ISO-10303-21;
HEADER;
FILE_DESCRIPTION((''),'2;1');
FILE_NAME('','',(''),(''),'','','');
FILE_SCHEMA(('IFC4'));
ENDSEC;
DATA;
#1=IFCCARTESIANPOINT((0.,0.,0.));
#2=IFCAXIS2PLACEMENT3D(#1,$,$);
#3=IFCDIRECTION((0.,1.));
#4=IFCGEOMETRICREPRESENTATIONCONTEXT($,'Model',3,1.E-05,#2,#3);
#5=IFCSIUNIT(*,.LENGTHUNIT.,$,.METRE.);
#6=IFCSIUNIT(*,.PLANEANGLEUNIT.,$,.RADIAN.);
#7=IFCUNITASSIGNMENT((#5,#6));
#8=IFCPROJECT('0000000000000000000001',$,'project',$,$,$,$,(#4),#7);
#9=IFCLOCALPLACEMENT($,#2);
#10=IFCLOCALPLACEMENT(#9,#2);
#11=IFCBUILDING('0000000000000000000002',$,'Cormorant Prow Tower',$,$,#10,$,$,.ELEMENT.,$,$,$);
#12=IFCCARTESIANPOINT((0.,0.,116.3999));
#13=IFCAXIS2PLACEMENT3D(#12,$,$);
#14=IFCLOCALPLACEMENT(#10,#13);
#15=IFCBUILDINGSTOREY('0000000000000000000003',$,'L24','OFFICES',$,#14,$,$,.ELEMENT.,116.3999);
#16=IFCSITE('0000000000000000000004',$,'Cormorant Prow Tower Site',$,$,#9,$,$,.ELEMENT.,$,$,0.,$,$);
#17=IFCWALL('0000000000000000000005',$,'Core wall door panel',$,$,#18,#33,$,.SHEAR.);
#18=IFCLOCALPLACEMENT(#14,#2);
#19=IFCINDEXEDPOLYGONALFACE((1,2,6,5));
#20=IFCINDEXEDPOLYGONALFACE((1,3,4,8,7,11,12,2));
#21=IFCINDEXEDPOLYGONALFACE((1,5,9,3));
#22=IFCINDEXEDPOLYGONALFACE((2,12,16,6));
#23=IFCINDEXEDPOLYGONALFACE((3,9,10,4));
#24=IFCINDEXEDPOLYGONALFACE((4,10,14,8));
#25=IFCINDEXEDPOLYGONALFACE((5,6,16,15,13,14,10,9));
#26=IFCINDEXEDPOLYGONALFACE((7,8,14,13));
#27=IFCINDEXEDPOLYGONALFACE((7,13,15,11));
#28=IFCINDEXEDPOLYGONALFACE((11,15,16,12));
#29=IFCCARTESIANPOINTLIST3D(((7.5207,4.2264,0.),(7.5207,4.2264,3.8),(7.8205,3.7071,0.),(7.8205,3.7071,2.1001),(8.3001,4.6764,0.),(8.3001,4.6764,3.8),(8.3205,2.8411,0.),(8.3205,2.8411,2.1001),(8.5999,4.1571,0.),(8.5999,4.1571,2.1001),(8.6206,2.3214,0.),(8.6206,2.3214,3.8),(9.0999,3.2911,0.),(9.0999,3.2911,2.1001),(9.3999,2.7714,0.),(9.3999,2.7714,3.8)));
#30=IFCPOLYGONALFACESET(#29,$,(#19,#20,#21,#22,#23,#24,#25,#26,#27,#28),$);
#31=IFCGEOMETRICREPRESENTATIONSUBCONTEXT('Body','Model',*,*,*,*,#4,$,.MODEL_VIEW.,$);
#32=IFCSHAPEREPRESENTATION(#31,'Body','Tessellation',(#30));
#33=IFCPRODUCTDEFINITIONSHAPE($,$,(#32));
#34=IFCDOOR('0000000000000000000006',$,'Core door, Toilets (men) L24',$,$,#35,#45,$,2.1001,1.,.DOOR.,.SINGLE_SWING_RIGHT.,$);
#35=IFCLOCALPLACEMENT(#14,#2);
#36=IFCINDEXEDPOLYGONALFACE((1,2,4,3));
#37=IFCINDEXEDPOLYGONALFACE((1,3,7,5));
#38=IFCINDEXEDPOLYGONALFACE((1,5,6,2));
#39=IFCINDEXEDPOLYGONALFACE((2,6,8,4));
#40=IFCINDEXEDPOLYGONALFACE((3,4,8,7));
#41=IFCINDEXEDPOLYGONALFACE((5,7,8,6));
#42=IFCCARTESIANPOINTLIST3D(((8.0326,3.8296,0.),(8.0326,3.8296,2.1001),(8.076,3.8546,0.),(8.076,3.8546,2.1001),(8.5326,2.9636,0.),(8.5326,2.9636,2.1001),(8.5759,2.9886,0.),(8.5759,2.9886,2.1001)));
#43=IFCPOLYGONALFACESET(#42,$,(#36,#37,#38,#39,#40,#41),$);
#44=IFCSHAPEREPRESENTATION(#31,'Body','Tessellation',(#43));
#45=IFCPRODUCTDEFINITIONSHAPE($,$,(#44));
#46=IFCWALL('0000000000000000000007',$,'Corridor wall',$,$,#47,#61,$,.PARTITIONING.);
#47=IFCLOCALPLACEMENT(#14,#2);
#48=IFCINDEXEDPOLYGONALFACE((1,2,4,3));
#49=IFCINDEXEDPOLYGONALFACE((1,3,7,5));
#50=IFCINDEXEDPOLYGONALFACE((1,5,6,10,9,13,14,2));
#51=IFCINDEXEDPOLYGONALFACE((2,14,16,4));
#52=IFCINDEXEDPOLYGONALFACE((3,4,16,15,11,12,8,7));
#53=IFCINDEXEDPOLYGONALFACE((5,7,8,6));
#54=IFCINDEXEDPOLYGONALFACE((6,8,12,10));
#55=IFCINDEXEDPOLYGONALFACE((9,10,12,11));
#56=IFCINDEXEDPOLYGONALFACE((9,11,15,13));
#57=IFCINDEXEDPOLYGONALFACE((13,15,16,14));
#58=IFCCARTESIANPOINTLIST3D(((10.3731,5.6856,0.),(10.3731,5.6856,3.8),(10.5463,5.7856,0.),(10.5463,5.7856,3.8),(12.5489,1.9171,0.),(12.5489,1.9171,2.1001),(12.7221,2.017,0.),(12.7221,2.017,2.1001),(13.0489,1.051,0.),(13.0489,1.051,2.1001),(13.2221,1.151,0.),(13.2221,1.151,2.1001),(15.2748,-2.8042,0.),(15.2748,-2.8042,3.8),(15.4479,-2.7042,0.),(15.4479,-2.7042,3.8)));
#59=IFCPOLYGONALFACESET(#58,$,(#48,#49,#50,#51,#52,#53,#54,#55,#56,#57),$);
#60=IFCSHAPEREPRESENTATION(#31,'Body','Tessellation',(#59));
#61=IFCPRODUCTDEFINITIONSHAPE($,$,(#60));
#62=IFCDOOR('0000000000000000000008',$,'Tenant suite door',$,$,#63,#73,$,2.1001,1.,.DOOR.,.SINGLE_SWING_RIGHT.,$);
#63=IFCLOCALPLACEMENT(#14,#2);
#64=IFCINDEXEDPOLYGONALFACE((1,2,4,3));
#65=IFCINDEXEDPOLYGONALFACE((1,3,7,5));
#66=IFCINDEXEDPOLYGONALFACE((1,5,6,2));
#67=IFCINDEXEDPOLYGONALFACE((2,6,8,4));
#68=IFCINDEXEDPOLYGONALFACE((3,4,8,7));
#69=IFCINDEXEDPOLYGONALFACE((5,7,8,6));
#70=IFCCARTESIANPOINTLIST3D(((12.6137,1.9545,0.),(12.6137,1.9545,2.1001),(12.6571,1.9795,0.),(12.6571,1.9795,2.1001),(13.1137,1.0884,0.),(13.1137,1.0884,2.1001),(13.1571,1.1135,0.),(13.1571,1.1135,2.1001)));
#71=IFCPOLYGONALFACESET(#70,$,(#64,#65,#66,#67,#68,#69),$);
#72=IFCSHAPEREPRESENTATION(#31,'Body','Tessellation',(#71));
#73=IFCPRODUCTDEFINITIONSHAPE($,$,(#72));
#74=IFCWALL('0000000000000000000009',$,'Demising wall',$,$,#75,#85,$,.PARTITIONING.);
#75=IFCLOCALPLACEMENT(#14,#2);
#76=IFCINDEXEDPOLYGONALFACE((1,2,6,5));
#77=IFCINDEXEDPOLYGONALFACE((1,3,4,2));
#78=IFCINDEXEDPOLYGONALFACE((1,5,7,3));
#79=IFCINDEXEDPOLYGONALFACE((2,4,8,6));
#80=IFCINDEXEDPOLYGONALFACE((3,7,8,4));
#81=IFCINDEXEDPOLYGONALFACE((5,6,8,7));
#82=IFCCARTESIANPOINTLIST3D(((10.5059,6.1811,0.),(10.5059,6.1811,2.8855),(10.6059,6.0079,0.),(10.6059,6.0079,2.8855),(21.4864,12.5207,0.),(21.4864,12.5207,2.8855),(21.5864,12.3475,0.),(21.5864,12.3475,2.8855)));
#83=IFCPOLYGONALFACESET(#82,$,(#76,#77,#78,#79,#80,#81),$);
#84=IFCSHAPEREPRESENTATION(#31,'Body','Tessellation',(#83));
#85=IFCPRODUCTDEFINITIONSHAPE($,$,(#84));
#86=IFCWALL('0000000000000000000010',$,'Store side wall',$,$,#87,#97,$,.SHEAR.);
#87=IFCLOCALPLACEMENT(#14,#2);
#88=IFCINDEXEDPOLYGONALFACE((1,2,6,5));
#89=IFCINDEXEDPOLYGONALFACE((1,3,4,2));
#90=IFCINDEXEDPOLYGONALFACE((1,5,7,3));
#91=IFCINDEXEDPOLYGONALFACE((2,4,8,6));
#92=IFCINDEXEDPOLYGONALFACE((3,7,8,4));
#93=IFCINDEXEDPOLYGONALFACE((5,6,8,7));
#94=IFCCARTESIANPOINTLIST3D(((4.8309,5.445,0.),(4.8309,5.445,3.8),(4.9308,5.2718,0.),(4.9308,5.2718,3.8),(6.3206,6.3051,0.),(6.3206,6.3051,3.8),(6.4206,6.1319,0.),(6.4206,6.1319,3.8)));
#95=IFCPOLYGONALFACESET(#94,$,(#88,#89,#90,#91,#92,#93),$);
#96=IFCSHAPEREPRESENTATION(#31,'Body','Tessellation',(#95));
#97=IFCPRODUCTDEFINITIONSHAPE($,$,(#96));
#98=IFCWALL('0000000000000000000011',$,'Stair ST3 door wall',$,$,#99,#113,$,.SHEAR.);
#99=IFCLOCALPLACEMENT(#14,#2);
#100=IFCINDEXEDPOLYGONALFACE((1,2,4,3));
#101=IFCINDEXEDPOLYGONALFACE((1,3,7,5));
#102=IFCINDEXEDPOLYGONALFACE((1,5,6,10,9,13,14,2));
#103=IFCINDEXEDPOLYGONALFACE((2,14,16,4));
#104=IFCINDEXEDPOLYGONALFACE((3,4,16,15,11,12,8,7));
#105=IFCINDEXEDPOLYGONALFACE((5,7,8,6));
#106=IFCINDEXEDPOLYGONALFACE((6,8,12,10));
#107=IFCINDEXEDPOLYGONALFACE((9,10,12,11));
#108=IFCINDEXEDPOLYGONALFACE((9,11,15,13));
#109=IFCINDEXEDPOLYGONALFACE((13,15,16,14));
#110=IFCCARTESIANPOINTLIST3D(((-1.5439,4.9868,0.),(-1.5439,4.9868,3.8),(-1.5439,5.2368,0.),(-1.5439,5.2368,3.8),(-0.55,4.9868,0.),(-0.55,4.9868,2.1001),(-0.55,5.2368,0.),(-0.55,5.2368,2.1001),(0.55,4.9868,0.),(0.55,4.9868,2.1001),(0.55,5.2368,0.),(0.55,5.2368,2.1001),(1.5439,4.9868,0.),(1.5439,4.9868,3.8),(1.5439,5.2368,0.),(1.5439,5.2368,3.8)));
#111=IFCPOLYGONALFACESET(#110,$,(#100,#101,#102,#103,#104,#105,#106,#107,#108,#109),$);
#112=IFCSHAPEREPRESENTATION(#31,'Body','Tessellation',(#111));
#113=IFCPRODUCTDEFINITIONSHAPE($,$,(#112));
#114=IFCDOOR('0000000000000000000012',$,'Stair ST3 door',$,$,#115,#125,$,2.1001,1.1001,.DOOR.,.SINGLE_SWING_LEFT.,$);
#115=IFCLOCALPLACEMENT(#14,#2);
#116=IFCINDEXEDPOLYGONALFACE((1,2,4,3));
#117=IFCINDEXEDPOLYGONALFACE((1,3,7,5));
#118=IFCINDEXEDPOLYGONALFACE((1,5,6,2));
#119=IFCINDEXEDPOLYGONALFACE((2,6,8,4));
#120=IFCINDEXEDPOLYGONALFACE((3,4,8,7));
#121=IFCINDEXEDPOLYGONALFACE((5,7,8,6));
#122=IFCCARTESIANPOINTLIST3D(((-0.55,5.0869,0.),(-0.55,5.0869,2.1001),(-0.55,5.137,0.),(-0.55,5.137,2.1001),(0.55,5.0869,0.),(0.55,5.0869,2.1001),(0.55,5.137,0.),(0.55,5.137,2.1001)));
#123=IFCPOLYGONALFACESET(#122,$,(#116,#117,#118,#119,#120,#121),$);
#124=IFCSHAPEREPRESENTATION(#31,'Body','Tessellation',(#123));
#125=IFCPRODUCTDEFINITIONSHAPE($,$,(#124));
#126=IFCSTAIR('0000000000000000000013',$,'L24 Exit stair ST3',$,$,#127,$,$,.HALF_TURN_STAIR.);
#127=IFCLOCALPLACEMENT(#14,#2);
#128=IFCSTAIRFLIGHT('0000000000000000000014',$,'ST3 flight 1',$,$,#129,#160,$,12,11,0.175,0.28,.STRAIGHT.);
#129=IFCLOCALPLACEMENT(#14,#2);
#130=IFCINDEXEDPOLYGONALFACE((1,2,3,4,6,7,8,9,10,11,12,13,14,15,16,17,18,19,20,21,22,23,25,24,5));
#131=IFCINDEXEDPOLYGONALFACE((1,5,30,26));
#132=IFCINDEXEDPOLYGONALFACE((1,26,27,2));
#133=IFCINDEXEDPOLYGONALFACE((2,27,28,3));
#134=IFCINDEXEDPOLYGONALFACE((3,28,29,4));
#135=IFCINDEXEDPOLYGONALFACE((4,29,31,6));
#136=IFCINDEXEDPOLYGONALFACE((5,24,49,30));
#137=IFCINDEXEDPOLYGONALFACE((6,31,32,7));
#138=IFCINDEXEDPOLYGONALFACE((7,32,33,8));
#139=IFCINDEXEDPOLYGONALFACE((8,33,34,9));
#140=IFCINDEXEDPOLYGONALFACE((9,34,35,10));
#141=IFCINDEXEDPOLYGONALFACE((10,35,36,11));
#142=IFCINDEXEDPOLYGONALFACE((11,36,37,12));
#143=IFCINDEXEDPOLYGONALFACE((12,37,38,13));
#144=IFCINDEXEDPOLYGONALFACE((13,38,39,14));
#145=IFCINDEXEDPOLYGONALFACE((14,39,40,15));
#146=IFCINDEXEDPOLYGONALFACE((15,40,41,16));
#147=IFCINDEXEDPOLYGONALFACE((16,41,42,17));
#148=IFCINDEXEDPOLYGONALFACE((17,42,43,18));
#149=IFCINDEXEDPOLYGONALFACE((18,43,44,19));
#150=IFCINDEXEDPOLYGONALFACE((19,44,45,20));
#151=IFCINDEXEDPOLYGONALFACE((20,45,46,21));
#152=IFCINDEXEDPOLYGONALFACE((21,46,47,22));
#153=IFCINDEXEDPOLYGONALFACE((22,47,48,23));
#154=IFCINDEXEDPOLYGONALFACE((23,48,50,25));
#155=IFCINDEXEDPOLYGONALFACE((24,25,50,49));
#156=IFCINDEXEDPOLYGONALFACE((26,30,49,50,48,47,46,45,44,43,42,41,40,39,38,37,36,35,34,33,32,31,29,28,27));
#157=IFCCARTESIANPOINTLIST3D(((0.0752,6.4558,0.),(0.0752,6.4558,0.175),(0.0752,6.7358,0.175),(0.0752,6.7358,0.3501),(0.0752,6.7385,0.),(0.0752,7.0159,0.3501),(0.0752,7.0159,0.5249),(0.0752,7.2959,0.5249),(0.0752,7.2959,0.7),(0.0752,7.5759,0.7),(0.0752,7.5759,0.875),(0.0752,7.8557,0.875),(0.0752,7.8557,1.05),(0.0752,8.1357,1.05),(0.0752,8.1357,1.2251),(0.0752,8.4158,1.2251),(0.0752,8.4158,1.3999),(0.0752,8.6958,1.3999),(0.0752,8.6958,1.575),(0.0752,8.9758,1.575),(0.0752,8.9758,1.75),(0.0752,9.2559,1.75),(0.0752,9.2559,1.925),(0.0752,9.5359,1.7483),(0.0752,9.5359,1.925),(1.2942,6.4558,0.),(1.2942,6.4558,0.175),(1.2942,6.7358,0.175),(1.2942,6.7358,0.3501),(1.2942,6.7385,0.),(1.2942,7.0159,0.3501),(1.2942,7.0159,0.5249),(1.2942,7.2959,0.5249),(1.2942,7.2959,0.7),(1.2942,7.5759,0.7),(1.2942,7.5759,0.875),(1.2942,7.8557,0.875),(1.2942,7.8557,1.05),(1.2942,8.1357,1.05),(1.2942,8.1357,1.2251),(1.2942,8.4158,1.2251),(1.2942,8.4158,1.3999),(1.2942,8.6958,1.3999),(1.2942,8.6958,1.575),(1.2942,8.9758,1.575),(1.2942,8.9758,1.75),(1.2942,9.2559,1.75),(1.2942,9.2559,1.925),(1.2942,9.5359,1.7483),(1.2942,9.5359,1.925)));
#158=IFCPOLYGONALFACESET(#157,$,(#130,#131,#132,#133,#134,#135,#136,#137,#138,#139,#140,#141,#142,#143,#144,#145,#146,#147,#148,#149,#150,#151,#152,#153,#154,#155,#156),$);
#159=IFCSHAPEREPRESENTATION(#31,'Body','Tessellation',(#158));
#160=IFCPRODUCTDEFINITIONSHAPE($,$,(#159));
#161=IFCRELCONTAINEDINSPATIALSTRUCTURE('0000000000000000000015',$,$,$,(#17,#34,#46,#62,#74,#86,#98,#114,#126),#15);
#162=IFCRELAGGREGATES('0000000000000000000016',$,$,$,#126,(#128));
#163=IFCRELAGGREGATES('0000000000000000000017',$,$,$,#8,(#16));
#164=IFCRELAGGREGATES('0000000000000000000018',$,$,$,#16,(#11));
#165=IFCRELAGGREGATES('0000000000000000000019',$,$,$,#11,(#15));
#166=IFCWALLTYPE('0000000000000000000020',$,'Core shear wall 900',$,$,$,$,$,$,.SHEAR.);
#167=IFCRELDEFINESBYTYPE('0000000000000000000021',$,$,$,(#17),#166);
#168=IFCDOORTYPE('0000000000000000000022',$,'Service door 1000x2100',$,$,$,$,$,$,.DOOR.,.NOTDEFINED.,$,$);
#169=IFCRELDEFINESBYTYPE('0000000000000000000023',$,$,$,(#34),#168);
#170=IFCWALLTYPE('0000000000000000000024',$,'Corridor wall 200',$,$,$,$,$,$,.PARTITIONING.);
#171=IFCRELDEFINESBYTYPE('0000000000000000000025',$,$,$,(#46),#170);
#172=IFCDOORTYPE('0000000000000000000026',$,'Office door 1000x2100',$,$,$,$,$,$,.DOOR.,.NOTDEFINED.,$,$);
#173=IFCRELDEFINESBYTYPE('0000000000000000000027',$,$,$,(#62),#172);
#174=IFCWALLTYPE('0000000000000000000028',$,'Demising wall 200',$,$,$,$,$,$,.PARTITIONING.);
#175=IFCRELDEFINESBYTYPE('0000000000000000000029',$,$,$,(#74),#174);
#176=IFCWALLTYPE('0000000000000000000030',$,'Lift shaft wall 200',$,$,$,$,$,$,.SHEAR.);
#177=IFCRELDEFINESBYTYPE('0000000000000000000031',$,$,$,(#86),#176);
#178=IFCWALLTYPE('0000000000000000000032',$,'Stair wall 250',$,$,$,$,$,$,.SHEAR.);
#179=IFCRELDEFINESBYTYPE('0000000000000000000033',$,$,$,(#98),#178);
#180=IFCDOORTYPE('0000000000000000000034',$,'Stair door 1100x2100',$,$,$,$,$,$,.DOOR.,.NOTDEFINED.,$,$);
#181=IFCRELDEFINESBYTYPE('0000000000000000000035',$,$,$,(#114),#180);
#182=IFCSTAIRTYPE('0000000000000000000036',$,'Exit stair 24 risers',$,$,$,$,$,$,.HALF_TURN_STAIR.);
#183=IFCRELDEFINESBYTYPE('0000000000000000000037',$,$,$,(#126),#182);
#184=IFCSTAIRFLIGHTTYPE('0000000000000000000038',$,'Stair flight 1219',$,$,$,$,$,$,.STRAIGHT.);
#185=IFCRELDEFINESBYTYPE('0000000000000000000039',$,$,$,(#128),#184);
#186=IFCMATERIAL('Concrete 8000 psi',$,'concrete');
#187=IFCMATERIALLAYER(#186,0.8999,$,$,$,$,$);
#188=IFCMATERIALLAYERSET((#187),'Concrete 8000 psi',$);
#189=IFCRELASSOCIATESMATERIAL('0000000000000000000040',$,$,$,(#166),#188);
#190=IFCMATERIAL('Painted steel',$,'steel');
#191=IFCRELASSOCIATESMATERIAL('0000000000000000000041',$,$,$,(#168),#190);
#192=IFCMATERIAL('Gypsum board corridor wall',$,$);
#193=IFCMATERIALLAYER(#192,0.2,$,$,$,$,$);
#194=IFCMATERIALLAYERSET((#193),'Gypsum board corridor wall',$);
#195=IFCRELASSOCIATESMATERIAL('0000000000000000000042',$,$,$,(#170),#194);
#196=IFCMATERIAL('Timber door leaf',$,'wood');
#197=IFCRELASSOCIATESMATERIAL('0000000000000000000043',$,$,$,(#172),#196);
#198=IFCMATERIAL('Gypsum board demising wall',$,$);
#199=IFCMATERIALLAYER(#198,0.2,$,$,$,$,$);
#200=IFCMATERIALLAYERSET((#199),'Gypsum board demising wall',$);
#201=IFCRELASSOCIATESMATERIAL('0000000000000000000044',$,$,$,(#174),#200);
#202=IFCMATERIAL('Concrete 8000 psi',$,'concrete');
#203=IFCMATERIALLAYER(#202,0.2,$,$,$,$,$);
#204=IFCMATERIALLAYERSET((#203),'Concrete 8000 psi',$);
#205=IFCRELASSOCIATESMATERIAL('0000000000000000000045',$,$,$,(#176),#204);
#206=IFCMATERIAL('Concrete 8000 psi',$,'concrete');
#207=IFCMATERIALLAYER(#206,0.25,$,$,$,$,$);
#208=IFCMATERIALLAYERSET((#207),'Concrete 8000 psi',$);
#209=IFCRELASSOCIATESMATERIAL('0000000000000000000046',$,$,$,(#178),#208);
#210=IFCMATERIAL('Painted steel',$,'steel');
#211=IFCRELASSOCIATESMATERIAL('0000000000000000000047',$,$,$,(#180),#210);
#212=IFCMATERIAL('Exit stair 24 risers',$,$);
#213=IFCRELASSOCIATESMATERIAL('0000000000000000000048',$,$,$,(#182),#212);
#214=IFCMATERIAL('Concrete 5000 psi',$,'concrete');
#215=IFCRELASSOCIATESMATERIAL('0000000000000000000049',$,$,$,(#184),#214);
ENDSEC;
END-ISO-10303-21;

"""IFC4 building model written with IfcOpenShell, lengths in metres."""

from ifc_helpers import new_model, si_unit, direction, frame, frame_2d, origin, place, context, subcontext, project, spatial, polyline, rectangle, outline, extrude, material, layer, layer_set, type_object, element, fill, aggregate, save


model = new_model("IFC4")

# Units and contexts
model_context = context("Model", 3, precision=1e-05, world=origin(), true_north=direction((0.0, 1.0)))
body_context = subcontext(model_context, "Body", "Model", "MODEL_VIEW")
ifc_project = project(units=[si_unit("LENGTHUNIT", "METRE"), si_unit("PLANEANGLEUNIT", "RADIAN")], contexts=[model_context])

# Site, building, storey
site_placement = place(None, origin())
site = spatial("IfcSite", under=ifc_project, at=site_placement, Name="Cormorant Prow Tower Site", CompositionType="ELEMENT", RefElevation=0.0)
building_placement = place(site_placement, origin())
building = spatial("IfcBuilding", under=site, at=building_placement, Name="Cormorant Prow Tower", CompositionType="ELEMENT")
storey_placement = place(building_placement, frame((0.0, 0.0, 116.3999)))
storey = spatial("IfcBuildingStorey", under=building, at=storey_placement, Name="L24", Description="OFFICES", CompositionType="ELEMENT", Elevation=116.3999)

# Shared definitions
ifc_material_1 = material(Name="Concrete 8000 psi", Category="concrete")
ifc_layer_1 = layer(ifc_material_1, 0.8999)
ifc_layer_set_1 = layer_set([ifc_layer_1], Name="Concrete 8000 psi")
wall_type_1 = type_object("IfcWallType", Name="Core shear wall 900", PredefinedType="SHEAR", material=ifc_layer_set_1)

# Walls, openings, doors
wall_1_placement = place(storey_placement, frame((9.0103, 2.5464, 0.0), z_axis=(0.0, 0.0, 1.0), x_axis=(-0.499995, 0.866028, 0.0)))
wall_1 = element("IfcWall", 1, at=wall_1_placement, inside=storey, type_object=wall_type_1, Name="Core wall door panel", PredefinedType="SHEAR", context=body_context, shape_type="SweptSolid", body=[
    extrude(rectangle(XDim=2.1997, YDim=0.8999, at=frame_2d((1.0999, 0.0))), origin(), (0.0, 0.0, 1.0), 3.8),
])
opening_1_placement = place(wall_1_placement, frame((0.6001, 0.0, 0.0)))
opening_1 = element("IfcOpeningElement", 2, at=opening_1_placement, cuts=wall_1, PredefinedType="OPENING", context=body_context, shape_type="SweptSolid", body=[
    extrude(rectangle(XDim=1.0, YDim=2.1001, at=frame_2d((0.5, 1.05))), frame((0.0, 0.46, 0.0), z_axis=(0.0, -1.0, 0.0), x_axis=(1.0, 0.0, 0.0)), (0.0, 0.0, 1.0), 0.9199),
])
ifc_material_2 = material(Name="Painted steel", Category="steel")
door_type_1 = type_object("IfcDoorType", Name="Service door 1000x2100", OperationType="NOTDEFINED", PredefinedType="DOOR", material=ifc_material_2)
door_1_placement = place(opening_1_placement, origin())
door_1 = element("IfcDoor", 3, at=door_1_placement, inside=storey, type_object=door_type_1, Name="Core door, Toilets (men) L24", OperationType="SINGLE_SWING_RIGHT", OverallHeight=2.1001, OverallWidth=1.0, PredefinedType="DOOR", context=body_context, shape_type="SweptSolid", body=[
    extrude(rectangle(XDim=1.0, YDim=2.1001, at=frame_2d((0.5, 1.05))), frame((0.0, 0.2051, 0.0), z_axis=(0.0, -1.0, 0.0), x_axis=(1.0, 0.0, 0.0)), (0.0, 0.0, 1.0), 0.05),
])
fill(opening_1, door_1)
ifc_material_3 = material(Name="Gypsum board corridor wall")
ifc_layer_2 = layer(ifc_material_3, 0.2)
ifc_layer_set_2 = layer_set([ifc_layer_2], Name="Gypsum board corridor wall")
wall_type_2 = type_object("IfcWallType", Name="Corridor wall 200", PredefinedType="PARTITIONING", material=ifc_layer_set_2)
wall_2_placement = place(storey_placement, frame((10.4597, 5.7356, 0.0), z_axis=(0.0, 0.0, 1.0), x_axis=(0.500004, -0.866023, 0.0)))
wall_2 = element("IfcWall", 4, at=wall_2_placement, inside=storey, type_object=wall_type_2, Name="Corridor wall", PredefinedType="PARTITIONING", context=body_context, shape_type="SweptSolid", body=[
    extrude(rectangle(XDim=9.8032, YDim=0.2, at=frame_2d((4.9016, 0.0))), origin(), (0.0, 0.0, 1.0), 3.8),
])
opening_2_placement = place(wall_2_placement, frame((4.3516, 0.0, 0.0)))
opening_2 = element("IfcOpeningElement", 5, at=opening_2_placement, cuts=wall_2, PredefinedType="OPENING", context=body_context, shape_type="SweptSolid", body=[
    extrude(rectangle(XDim=1.0, YDim=2.1001, at=frame_2d((0.5, 1.05))), frame((0.0, 0.1099, 0.0), z_axis=(0.0, -1.0, 0.0), x_axis=(1.0, 0.0, 0.0)), (0.0, 0.0, 1.0), 0.22),
])
ifc_material_4 = material(Name="Timber door leaf", Category="wood")
door_type_2 = type_object("IfcDoorType", Name="Office door 1000x2100", OperationType="NOTDEFINED", PredefinedType="DOOR", material=ifc_material_4)
door_2_placement = place(opening_2_placement, origin())
door_2 = element("IfcDoor", 6, at=door_2_placement, inside=storey, type_object=door_type_2, Name="Tenant suite door", OperationType="SINGLE_SWING_RIGHT", OverallHeight=2.1001, OverallWidth=1.0, PredefinedType="DOOR", context=body_context, shape_type="SweptSolid", body=[
    extrude(rectangle(XDim=1.0, YDim=2.1001, at=frame_2d((0.5, 1.05))), frame((0.0, 0.0249, 0.0), z_axis=(0.0, -1.0, 0.0), x_axis=(1.0, 0.0, 0.0)), (0.0, 0.0, 1.0), 0.05),
])
fill(opening_2, door_2)

# Walls
ifc_material_5 = material(Name="Gypsum board demising wall")
ifc_layer_3 = layer(ifc_material_5, 0.2)
ifc_layer_set_3 = layer_set([ifc_layer_3], Name="Gypsum board demising wall")
wall_type_3 = type_object("IfcWallType", Name="Demising wall 200", PredefinedType="PARTITIONING", material=ifc_layer_set_3)
wall_3_placement = place(storey_placement, frame((10.5559, 6.0945, 0.0), z_axis=(0.0, 0.0, 1.0), x_axis=(0.866025, 0.500001, 0.0)))
element("IfcWall", 7, at=wall_3_placement, inside=storey, type_object=wall_type_3, Name="Demising wall", PredefinedType="PARTITIONING", context=body_context, shape_type="SweptSolid", body=[
    extrude(rectangle(XDim=12.6792, YDim=0.2, at=frame_2d((6.3396, 0.0))), origin(), (0.0, 0.0, 1.0), 2.8855),
])
ifc_material_6 = material(Name="Concrete 8000 psi", Category="concrete")
ifc_layer_4 = layer(ifc_material_6, 0.2)
ifc_layer_set_4 = layer_set([ifc_layer_4], Name="Concrete 8000 psi")
wall_type_4 = type_object("IfcWallType", Name="Lift shaft wall 200", PredefinedType="SHEAR", material=ifc_layer_set_4)
wall_4_placement = place(storey_placement, frame((4.8809, 5.3584, 0.0), z_axis=(0.0, 0.0, 1.0), x_axis=(0.866025, 0.500001, 0.0)))
element("IfcWall", 8, at=wall_4_placement, inside=storey, type_object=wall_type_4, Name="Store side wall", PredefinedType="SHEAR", context=body_context, shape_type="SweptSolid", body=[
    extrude(rectangle(XDim=1.7202, YDim=0.2, at=frame_2d((0.8601, 0.0))), origin(), (0.0, 0.0, 1.0), 3.8),
])

# Wall, opening, door
ifc_material_7 = material(Name="Concrete 8000 psi", Category="concrete")
ifc_layer_5 = layer(ifc_material_7, 0.25)
ifc_layer_set_5 = layer_set([ifc_layer_5], Name="Concrete 8000 psi")
wall_type_5 = type_object("IfcWallType", Name="Stair wall 250", PredefinedType="SHEAR", material=ifc_layer_set_5)
wall_5_placement = place(storey_placement, frame((1.5439, 5.1118, 0.0), z_axis=(0.0, 0.0, 1.0), x_axis=(-1.0, 0.0, 0.0)))
wall_5 = element("IfcWall", 9, at=wall_5_placement, inside=storey, type_object=wall_type_5, Name="Stair ST3 door wall", PredefinedType="SHEAR", context=body_context, shape_type="SweptSolid", body=[
    extrude(rectangle(XDim=3.0879, YDim=0.25, at=frame_2d((1.5439, 0.0))), origin(), (0.0, 0.0, 1.0), 3.8),
])
opening_3_placement = place(wall_5_placement, frame((0.9939, 0.0, 0.0)))
opening_3 = element("IfcOpeningElement", 10, at=opening_3_placement, cuts=wall_5, PredefinedType="OPENING", context=body_context, shape_type="SweptSolid", body=[
    extrude(rectangle(XDim=1.1001, YDim=2.1001, at=frame_2d((0.55, 1.05))), frame((0.0, 0.135, 0.0), z_axis=(0.0, -1.0, 0.0), x_axis=(1.0, 0.0, 0.0)), (0.0, 0.0, 1.0), 0.27),
])
ifc_material_8 = material(Name="Painted steel", Category="steel")
door_type_3 = type_object("IfcDoorType", Name="Stair door 1100x2100", OperationType="NOTDEFINED", PredefinedType="DOOR", material=ifc_material_8)
door_3_placement = place(opening_3_placement, origin())
door_3 = element("IfcDoor", 11, at=door_3_placement, inside=storey, type_object=door_type_3, Name="Stair ST3 door", OperationType="SINGLE_SWING_LEFT", OverallHeight=2.1001, OverallWidth=1.1001, PredefinedType="DOOR", context=body_context, shape_type="SweptSolid", body=[
    extrude(rectangle(XDim=1.1001, YDim=2.1001, at=frame_2d((0.55, 1.05))), frame((0.0, 0.0249, 0.0), z_axis=(0.0, -1.0, 0.0), x_axis=(1.0, 0.0, 0.0)), (0.0, 0.0, 1.0), 0.05),
])
fill(opening_3, door_3)

# Stair, stair flight
ifc_material_9 = material(Name="Exit stair 24 risers")
stair_type = type_object("IfcStairType", Name="Exit stair 24 risers", PredefinedType="HALF_TURN_STAIR", material=ifc_material_9)
stair_placement = place(storey_placement, origin())
stair = element("IfcStair", 12, at=stair_placement, inside=storey, type_object=stair_type, Name="L24 Exit stair ST3", PredefinedType="HALF_TURN_STAIR")
ifc_material_10 = material(Name="Concrete 5000 psi", Category="concrete")
stair_flight_type = type_object("IfcStairFlightType", Name="Stair flight 1219", PredefinedType="STRAIGHT", material=ifc_material_10)
stair_flight_placement = place(storey_placement, frame((0.6846, 6.4558, 0.0), z_axis=(0.0, 0.0, 1.0), x_axis=(0.0, 1.0, 0.0)))
stair_flight = element("IfcStairFlight", 13, at=stair_flight_placement, type_object=stair_flight_type, Name="ST3 flight 1", NumberOfRisers=12, NumberOfTreads=11, PredefinedType="STRAIGHT", RiserHeight=0.175, TreadLength=0.28, context=body_context, shape_type="SweptSolid", body=[
    extrude(outline(polyline([(0.0, 0.0), (0.0, 0.175), (0.28, 0.175), (0.28, 0.3501), (0.5601, 0.3501), (0.5601, 0.5249), (0.8401, 0.5249), (0.8401, 0.7), (1.1201, 0.7), (1.1201, 0.875), (1.3999, 0.875), (1.3999, 1.05), (1.6799, 1.05), (1.6799, 1.2251), (1.96, 1.2251), (1.96, 1.3999), (2.24, 1.3999), (2.24, 1.575), (2.52, 1.575), (2.52, 1.75), (2.8, 1.75), (2.8, 1.925), (3.0801, 1.925), (3.0801, 2.1001), (3.0801, 1.7483), (0.2827, 0.0), (0.0, 0.0)])), frame((0.0, 0.6094, 0.0), z_axis=(0.0, -1.0, 0.0), x_axis=(1.0, 0.0, 0.0)), (0.0, 0.0, 1.0), 1.219),
])
aggregate(stair, [stair_flight])

save(model, "model.ifc")
